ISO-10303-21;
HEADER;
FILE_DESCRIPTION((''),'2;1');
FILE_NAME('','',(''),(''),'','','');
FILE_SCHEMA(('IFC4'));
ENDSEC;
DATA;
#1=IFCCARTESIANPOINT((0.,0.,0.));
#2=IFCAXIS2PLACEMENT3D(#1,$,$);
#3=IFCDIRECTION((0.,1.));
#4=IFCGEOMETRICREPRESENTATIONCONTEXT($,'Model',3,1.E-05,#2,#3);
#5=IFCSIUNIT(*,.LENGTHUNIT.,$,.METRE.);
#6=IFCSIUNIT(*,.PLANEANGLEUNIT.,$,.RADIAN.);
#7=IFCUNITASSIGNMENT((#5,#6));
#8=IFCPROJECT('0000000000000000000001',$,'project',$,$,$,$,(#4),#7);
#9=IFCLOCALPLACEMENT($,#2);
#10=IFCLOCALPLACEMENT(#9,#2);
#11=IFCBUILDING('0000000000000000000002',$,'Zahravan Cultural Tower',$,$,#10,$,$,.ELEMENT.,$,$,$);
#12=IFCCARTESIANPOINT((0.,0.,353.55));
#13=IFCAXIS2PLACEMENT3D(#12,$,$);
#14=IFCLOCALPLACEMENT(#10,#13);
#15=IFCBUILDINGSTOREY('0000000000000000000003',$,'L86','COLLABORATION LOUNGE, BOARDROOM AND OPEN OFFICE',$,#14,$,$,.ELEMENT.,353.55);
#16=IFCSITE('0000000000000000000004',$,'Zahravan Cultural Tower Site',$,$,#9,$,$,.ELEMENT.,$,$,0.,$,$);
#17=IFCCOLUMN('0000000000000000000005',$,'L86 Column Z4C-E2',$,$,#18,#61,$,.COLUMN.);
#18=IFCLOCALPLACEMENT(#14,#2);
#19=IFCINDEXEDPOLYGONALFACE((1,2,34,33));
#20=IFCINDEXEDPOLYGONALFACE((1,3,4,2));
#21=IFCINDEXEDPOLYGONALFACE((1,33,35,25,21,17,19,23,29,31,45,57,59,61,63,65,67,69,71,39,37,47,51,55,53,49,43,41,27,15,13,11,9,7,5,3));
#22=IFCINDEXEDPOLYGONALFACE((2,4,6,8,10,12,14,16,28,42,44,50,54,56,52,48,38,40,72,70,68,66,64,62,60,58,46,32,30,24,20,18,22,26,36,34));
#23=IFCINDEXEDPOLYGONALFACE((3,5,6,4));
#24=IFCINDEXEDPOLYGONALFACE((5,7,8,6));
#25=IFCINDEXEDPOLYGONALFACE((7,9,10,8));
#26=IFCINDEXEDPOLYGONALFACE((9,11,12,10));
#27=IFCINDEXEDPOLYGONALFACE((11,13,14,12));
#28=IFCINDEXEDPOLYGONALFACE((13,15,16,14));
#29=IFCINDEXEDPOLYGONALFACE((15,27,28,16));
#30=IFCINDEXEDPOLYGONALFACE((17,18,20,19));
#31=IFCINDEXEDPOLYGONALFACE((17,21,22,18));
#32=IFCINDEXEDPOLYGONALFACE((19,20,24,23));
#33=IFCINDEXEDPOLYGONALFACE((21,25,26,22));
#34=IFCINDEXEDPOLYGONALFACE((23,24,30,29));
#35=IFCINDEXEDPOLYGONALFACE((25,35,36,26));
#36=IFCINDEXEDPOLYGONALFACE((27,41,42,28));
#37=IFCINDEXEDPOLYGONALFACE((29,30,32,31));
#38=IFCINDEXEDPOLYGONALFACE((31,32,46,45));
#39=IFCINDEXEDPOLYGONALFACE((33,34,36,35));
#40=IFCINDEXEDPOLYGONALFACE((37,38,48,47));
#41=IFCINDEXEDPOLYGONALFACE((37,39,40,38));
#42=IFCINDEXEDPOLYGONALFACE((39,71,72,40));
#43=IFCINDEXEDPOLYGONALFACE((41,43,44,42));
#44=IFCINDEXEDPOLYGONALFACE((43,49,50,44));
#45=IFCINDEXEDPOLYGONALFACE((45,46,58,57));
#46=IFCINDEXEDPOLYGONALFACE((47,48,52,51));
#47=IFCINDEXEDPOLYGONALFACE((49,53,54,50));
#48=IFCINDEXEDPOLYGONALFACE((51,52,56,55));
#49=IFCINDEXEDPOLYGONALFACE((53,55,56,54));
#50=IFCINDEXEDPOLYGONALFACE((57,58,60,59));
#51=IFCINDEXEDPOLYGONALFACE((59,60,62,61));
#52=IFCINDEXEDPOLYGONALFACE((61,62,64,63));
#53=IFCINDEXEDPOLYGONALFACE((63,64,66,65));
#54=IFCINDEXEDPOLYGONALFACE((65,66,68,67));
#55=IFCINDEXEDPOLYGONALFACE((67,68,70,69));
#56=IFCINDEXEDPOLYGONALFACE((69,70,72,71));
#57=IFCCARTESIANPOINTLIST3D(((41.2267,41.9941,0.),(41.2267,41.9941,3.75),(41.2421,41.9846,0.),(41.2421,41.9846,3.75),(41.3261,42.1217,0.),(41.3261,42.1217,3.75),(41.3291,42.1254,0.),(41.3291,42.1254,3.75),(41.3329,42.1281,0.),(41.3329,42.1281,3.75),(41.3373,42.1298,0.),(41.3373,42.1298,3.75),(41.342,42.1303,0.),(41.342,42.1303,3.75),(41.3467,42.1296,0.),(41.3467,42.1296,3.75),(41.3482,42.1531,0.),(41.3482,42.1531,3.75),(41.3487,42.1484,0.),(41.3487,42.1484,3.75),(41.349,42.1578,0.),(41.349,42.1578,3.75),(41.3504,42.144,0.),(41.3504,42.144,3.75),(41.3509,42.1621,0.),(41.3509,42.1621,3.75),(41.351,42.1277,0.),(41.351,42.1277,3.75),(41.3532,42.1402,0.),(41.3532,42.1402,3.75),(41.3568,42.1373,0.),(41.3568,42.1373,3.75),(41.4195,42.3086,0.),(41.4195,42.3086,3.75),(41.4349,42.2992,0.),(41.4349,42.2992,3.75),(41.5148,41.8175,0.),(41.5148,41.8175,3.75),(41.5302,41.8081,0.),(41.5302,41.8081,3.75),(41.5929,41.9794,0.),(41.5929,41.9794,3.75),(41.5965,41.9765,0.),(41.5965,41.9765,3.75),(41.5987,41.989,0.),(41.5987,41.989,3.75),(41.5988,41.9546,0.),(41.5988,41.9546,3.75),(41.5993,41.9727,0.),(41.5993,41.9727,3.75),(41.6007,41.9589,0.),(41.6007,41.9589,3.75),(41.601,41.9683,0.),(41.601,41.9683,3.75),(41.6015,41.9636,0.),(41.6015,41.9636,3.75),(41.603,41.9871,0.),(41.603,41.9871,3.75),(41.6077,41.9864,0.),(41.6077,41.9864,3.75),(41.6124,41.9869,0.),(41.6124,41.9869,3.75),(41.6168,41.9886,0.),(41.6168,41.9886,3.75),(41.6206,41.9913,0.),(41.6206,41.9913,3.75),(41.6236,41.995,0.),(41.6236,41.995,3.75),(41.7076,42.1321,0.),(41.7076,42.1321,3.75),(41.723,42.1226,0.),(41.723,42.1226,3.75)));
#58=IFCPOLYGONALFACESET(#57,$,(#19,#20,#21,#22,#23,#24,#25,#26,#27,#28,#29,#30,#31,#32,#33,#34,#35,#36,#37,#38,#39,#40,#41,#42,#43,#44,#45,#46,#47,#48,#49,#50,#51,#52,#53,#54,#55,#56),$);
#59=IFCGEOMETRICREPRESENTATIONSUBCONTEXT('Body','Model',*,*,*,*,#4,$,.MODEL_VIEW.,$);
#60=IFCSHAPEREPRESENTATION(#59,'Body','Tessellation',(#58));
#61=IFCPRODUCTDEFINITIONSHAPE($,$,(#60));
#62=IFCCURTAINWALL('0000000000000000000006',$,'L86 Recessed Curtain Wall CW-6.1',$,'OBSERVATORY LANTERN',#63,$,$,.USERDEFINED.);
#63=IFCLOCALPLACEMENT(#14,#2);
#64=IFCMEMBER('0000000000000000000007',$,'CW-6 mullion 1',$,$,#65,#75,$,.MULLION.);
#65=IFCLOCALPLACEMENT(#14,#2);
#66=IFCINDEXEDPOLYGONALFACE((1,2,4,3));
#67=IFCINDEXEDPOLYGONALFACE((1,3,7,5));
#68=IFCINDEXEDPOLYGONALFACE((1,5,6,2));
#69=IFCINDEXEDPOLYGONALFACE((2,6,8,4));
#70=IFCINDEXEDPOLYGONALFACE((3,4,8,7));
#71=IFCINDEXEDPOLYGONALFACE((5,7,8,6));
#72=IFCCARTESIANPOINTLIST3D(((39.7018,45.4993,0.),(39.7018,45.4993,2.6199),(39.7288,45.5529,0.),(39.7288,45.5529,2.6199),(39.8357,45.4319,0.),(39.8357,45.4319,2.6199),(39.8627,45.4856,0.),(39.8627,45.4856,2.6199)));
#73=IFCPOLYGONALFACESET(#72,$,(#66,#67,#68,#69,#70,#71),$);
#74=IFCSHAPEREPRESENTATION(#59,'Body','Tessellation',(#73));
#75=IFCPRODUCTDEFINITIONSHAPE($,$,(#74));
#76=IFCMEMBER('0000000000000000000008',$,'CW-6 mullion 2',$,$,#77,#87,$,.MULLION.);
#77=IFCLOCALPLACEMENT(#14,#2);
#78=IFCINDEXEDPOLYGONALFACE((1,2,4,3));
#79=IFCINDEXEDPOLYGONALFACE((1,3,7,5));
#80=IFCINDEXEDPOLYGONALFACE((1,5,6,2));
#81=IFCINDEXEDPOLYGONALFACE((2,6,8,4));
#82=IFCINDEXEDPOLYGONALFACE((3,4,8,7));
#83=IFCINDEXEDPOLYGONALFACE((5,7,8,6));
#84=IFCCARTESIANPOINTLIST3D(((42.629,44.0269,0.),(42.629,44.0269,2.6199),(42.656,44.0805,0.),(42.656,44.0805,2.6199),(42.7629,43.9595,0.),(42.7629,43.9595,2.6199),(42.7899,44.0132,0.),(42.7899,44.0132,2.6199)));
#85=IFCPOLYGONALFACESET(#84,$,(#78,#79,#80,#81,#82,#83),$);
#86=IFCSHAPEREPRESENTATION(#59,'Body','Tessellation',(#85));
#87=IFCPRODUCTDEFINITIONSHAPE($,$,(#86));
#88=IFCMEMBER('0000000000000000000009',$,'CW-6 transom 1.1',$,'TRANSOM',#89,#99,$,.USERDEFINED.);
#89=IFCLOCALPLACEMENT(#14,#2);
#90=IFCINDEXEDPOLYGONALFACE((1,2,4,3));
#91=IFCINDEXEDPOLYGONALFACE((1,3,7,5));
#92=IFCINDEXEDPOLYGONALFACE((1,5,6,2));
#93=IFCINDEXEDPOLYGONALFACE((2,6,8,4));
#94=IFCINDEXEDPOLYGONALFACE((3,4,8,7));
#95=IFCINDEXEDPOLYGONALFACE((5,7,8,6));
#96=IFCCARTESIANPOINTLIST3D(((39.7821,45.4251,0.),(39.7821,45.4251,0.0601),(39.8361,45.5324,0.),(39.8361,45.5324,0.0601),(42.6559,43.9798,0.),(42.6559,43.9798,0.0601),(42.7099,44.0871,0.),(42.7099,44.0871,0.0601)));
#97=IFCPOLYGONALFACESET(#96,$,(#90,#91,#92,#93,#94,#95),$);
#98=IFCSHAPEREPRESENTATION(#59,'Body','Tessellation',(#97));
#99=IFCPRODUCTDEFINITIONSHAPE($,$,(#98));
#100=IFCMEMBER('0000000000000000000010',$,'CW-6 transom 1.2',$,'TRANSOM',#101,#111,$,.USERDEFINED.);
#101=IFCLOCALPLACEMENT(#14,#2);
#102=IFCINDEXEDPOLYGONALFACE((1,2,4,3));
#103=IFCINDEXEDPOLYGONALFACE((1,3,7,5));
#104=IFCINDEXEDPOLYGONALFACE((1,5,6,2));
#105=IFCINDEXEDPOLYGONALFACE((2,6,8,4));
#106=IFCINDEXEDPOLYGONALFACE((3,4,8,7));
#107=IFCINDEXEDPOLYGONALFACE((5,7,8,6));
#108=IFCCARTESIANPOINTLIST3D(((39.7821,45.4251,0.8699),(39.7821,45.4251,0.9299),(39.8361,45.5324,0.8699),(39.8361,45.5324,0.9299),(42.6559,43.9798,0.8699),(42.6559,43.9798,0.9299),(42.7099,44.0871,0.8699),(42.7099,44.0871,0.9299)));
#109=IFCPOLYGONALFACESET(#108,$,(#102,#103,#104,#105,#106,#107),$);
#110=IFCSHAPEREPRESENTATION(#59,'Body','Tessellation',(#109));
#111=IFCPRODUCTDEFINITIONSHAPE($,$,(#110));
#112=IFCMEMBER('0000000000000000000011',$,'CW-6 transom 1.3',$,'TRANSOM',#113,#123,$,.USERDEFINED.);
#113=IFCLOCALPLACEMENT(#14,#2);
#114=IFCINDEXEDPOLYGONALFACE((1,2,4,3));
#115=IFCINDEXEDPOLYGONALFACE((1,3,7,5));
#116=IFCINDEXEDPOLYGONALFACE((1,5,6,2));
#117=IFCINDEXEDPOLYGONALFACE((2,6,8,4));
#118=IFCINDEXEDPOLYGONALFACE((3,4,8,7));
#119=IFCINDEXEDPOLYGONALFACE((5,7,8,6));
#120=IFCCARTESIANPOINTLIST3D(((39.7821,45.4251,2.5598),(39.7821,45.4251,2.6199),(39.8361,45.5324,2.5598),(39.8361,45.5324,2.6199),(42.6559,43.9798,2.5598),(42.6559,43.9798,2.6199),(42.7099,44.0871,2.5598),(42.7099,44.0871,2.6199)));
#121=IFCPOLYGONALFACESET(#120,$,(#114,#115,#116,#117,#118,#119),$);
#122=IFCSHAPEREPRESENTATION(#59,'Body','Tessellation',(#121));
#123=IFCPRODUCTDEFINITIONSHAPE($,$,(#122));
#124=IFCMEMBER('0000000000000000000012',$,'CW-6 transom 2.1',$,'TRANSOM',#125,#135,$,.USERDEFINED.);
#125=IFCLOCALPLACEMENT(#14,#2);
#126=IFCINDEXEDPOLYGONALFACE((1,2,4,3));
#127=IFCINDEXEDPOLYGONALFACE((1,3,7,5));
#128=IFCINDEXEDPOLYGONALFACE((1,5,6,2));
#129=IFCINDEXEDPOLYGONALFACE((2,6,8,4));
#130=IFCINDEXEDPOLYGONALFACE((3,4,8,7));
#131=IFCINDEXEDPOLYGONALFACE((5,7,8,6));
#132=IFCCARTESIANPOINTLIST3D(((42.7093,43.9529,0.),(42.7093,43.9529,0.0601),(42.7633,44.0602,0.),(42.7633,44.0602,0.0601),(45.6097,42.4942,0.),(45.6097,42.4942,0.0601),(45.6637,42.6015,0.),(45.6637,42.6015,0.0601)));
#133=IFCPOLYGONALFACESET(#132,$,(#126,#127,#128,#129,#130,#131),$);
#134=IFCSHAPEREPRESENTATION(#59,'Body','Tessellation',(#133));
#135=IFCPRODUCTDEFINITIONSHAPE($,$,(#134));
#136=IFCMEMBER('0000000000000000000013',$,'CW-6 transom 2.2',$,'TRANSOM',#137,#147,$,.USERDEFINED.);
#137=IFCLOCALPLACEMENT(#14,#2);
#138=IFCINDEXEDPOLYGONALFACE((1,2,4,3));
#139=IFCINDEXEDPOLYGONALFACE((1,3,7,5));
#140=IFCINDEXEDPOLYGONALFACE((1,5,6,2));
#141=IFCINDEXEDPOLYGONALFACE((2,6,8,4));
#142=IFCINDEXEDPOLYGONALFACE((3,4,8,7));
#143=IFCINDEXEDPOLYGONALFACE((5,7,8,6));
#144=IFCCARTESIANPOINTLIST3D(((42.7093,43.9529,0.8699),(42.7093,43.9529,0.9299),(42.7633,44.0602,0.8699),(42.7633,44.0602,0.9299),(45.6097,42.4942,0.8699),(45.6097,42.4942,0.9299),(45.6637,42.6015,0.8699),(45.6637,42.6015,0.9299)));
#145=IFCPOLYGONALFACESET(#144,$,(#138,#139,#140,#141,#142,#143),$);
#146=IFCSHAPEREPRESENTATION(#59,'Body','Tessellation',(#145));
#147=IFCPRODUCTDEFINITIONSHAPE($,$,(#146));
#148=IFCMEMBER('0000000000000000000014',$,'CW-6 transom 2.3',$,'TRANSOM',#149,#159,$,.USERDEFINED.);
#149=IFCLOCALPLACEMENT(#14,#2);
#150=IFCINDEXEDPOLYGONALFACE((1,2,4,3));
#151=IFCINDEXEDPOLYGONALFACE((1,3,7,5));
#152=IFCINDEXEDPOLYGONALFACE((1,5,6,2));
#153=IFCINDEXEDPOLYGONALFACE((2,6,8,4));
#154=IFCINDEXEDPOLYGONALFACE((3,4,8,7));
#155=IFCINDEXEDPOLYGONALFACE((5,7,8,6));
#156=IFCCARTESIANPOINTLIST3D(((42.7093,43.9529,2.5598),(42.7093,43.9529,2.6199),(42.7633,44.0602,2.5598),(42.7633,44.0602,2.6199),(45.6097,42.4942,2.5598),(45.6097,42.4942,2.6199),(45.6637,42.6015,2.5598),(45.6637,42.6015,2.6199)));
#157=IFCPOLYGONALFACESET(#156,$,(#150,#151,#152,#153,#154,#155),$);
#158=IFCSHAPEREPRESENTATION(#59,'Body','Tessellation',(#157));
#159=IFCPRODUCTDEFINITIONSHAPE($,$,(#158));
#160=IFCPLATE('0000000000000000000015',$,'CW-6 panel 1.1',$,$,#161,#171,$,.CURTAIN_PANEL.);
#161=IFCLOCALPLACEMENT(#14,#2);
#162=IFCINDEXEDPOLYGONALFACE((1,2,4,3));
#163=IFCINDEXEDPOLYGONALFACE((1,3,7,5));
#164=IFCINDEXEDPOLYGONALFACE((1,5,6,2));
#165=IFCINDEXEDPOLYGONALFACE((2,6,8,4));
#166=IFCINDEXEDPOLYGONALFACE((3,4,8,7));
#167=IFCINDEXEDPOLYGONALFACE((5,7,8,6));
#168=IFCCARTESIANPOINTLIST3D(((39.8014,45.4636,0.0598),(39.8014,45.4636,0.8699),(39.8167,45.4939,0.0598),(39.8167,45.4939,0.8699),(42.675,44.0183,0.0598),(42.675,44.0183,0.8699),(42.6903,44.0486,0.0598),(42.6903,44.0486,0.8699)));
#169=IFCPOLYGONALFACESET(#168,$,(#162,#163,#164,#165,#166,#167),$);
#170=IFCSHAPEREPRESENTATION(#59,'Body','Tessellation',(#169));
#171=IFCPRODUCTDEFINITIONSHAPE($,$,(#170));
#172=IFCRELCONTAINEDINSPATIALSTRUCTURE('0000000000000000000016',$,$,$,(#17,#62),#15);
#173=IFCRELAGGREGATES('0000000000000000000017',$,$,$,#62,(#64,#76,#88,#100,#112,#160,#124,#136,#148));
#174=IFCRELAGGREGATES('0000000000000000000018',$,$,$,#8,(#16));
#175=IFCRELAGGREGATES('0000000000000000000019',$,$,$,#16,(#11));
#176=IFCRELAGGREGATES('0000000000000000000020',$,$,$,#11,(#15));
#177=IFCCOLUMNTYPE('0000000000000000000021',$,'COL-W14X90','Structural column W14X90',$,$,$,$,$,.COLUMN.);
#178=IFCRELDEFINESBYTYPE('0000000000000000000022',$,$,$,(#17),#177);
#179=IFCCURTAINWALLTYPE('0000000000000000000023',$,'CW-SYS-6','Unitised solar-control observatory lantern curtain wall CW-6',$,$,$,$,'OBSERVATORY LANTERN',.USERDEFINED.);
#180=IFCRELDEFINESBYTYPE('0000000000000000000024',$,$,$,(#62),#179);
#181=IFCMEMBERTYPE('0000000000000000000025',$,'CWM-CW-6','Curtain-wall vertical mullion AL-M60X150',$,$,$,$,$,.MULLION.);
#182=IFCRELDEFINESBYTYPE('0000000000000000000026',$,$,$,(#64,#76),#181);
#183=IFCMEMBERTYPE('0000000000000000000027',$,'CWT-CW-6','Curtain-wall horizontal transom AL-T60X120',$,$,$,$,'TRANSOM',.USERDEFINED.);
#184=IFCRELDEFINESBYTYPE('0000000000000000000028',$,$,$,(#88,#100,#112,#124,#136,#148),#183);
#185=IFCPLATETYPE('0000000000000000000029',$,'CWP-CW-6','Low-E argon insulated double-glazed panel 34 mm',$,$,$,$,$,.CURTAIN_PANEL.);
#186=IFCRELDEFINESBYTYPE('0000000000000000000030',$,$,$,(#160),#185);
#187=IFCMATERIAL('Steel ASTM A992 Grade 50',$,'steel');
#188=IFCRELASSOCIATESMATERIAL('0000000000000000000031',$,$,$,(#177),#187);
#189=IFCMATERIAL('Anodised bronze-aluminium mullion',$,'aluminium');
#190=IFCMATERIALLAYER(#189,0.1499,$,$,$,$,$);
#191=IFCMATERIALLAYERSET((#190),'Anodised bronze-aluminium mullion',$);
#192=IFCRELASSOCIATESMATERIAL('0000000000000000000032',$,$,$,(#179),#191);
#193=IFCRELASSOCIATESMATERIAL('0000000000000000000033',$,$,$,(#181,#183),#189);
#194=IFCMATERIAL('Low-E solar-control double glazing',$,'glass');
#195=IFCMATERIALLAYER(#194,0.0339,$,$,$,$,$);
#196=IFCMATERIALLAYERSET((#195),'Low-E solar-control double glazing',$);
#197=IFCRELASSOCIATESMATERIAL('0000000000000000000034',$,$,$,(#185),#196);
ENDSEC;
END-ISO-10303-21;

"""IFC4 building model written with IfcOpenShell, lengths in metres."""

from ifc_helpers import new_model, si_unit, direction, frame, origin, origin_2d, place, context, subcontext, project, spatial, rectangle, i_section, extrude, source, transform, mapped, material, layer, layer_set, material_profile, profile_set, type_object, element, aggregate, save


model = new_model("IFC4")

# Units and contexts
model_context = context("Model", 3, precision=1e-05, world=origin(), true_north=direction((0.0, 1.0)))
body_context = subcontext(model_context, "Body", "Model", "MODEL_VIEW")
ifc_project = project(units=[si_unit("LENGTHUNIT", "METRE"), si_unit("PLANEANGLEUNIT", "RADIAN")], contexts=[model_context])

# Site, building, storey
site_placement = place(None, origin())
site = spatial("IfcSite", under=ifc_project, at=site_placement, Name="Zahravan Cultural Tower Site", CompositionType="ELEMENT", RefElevation=0.0)
building_placement = place(site_placement, origin())
building = spatial("IfcBuilding", under=site, at=building_placement, Name="Zahravan Cultural Tower", CompositionType="ELEMENT")
storey_placement = place(building_placement, frame((0.0, 0.0, 353.55)))
storey = spatial("IfcBuildingStorey", under=building, at=storey_placement, Name="L86", Description="COLLABORATION LOUNGE, BOARDROOM AND OPEN OFFICE", CompositionType="ELEMENT", Elevation=353.55)

# Column
ifc_material_1 = material(Name="Steel ASTM A992 Grade 50", Category="steel")
ifc_material_profile_1 = material_profile(ifc_material_1, i_section(OverallWidth=0.3689, OverallDepth=0.356, WebThickness=0.0112, FlangeThickness=0.0181, FilletRadius=0.0181, at=origin_2d()), Name="W14X90")
ifc_profile_set_1 = profile_set([ifc_material_profile_1], Name="Steel ASTM A992 Grade 50")
column_type = type_object("IfcColumnType", Name="COL-W14X90", Description="Structural column W14X90", PredefinedType="COLUMN", material=ifc_profile_set_1)
shared_shape_1 = source(origin(), body_context, "Body", "SweptSolid", [
    extrude(i_section(OverallWidth=0.3689, OverallDepth=0.356, WebThickness=0.0112, FlangeThickness=0.0181, FilletRadius=0.0181, at=origin_2d()), origin(), (0.0, 0.0, 1.0), 3.75),
])
column_placement = place(storey_placement, frame((41.4749, 42.0583, 0.0), z_axis=(0.0, 0.0, 1.0), x_axis=(0.522499, 0.85264, 0.0)))
element("IfcColumn", 1, at=column_placement, inside=storey, type_object=column_type, Name="L86 Column Z4C-E2", PredefinedType="COLUMN", context=body_context, shape_type="MappedRepresentation", body=[
    mapped(shared_shape_1, transform((0.0, 0.0, 0.0), x_axis=(1.0, 0.0, 0.0), y_axis=(0.0, 1.0, 0.0), z_axis=(0.0, 0.0, 1.0), scale=1.0)),
])

# Curtain wall, members, plate
ifc_material_2 = material(Name="Anodised bronze-aluminium mullion", Category="aluminium")
ifc_layer_1 = layer(ifc_material_2, 0.1499)
ifc_layer_set_1 = layer_set([ifc_layer_1], Name="Anodised bronze-aluminium mullion")
curtain_wall_type = type_object("IfcCurtainWallType", Name="CW-SYS-6", Description="Unitised solar-control observatory lantern curtain wall CW-6", ElementType="OBSERVATORY LANTERN", PredefinedType="USERDEFINED", material=ifc_layer_set_1)
curtain_wall_placement = place(storey_placement, origin())
curtain_wall = element("IfcCurtainWall", 2, at=curtain_wall_placement, inside=storey, type_object=curtain_wall_type, Name="L86 Recessed Curtain Wall CW-6.1", ObjectType="OBSERVATORY LANTERN", PredefinedType="USERDEFINED")
ifc_material_profile_2 = material_profile(ifc_material_2, rectangle(XDim=0.0601, YDim=0.1499, at=origin_2d()), Name="AL-M60X150")
ifc_profile_set_2 = profile_set([ifc_material_profile_2], Name="Anodised bronze-aluminium mullion")
member_type_1 = type_object("IfcMemberType", Name="CWM-CW-6", Description="Curtain-wall vertical mullion AL-M60X150", PredefinedType="MULLION", material=ifc_profile_set_2)
shared_shape_2 = source(origin(), body_context, "Body", "SweptSolid", [
    extrude(rectangle(XDim=0.0601, YDim=0.1499, at=origin_2d()), origin(), (0.0, 0.0, 1.0), 2.6199),
])
member_1_placement = place(storey_placement, frame((39.7822, 45.4924, 0.0), z_axis=(0.0, 0.0, 1.0), x_axis=(0.449317, 0.893372, 0.0)))
member_1 = element("IfcMember", 3, at=member_1_placement, type_object=member_type_1, Name="CW-6 mullion 1", PredefinedType="MULLION", context=body_context, shape_type="MappedRepresentation", body=[
    mapped(shared_shape_2, transform((0.0, 0.0, 0.0), x_axis=(1.0, 0.0, 0.0), y_axis=(0.0, 1.0, 0.0), z_axis=(0.0, 0.0, 1.0), scale=1.0)),
])
member_2_placement = place(storey_placement, frame((42.7095, 44.02, 0.0), z_axis=(0.0, 0.0, 1.0), x_axis=(0.449317, 0.893372, 0.0)))
member_2 = element("IfcMember", 4, at=member_2_placement, type_object=member_type_1, Name="CW-6 mullion 2", PredefinedType="MULLION", context=body_context, shape_type="MappedRepresentation", body=[
    mapped(shared_shape_2, transform((0.0, 0.0, 0.0), x_axis=(1.0, 0.0, 0.0), y_axis=(0.0, 1.0, 0.0), z_axis=(0.0, 0.0, 1.0), scale=1.0)),
])
ifc_material_profile_3 = material_profile(ifc_material_2, rectangle(XDim=0.1201, YDim=0.0601, at=origin_2d()), Name="AL-T60X120")
ifc_profile_set_3 = profile_set([ifc_material_profile_3], Name="Anodised bronze-aluminium mullion")
member_type_2 = type_object("IfcMemberType", Name="CWT-CW-6", Description="Curtain-wall horizontal transom AL-T60X120", ElementType="TRANSOM", PredefinedType="USERDEFINED", material=ifc_profile_set_3)
shared_shape_3 = source(origin(), body_context, "Body", "SweptSolid", [
    extrude(rectangle(XDim=0.1201, YDim=0.0601, at=origin_2d()), origin(), (0.0, 0.0, 1.0), 3.2168),
])
member_3_placement = place(storey_placement, frame((39.8091, 45.4788, 0.03), z_axis=(0.893377, -0.449307, 0.0), x_axis=(0.449307, 0.893377, 0.0)))
member_3 = element("IfcMember", 5, at=member_3_placement, type_object=member_type_2, Name="CW-6 transom 1.1", ObjectType="TRANSOM", PredefinedType="USERDEFINED", context=body_context, shape_type="MappedRepresentation", body=[
    mapped(shared_shape_3, transform((0.0, 0.0, 0.0), x_axis=(1.0, 0.0, 0.0), y_axis=(0.0, 1.0, 0.0), z_axis=(0.0, 0.0, 1.0), scale=1.0)),
])
member_4_placement = place(storey_placement, frame((39.8091, 45.4788, 0.8999), z_axis=(0.893377, -0.449307, 0.0), x_axis=(0.449307, 0.893377, 0.0)))
member_4 = element("IfcMember", 6, at=member_4_placement, type_object=member_type_2, Name="CW-6 transom 1.2", ObjectType="TRANSOM", PredefinedType="USERDEFINED", context=body_context, shape_type="MappedRepresentation", body=[
    mapped(shared_shape_3, transform((0.0, 0.0, 0.0), x_axis=(1.0, 0.0, 0.0), y_axis=(0.0, 1.0, 0.0), z_axis=(0.0, 0.0, 1.0), scale=1.0)),
])
member_5_placement = place(storey_placement, frame((39.8091, 45.4788, 2.5898), z_axis=(0.893377, -0.449307, 0.0), x_axis=(0.449307, 0.893377, 0.0)))
member_5 = element("IfcMember", 7, at=member_5_placement, type_object=member_type_2, Name="CW-6 transom 1.3", ObjectType="TRANSOM", PredefinedType="USERDEFINED", context=body_context, shape_type="MappedRepresentation", body=[
    mapped(shared_shape_3, transform((0.0, 0.0, 0.0), x_axis=(1.0, 0.0, 0.0), y_axis=(0.0, 1.0, 0.0), z_axis=(0.0, 0.0, 1.0), scale=1.0)),
])
shared_shape_4 = source(origin(), body_context, "Body", "SweptSolid", [
    extrude(rectangle(XDim=0.1201, YDim=0.0601, at=origin_2d()), origin(), (0.0, 0.0, 1.0), 3.2466),
])
member_6_placement = place(storey_placement, frame((42.7363, 44.0066, 0.03), z_axis=(0.893372, -0.449318, 0.0), x_axis=(0.449318, 0.893372, 0.0)))
member_6 = element("IfcMember", 8, at=member_6_placement, type_object=member_type_2, Name="CW-6 transom 2.1", ObjectType="TRANSOM", PredefinedType="USERDEFINED", context=body_context, shape_type="MappedRepresentation", body=[
    mapped(shared_shape_4, transform((0.0, 0.0, 0.0), x_axis=(1.0, 0.0, 0.0), y_axis=(0.0, 1.0, 0.0), z_axis=(0.0, 0.0, 1.0), scale=1.0)),
])
member_7_placement = place(storey_placement, frame((42.7363, 44.0066, 0.8999), z_axis=(0.893372, -0.449318, 0.0), x_axis=(0.449318, 0.893372, 0.0)))
member_7 = element("IfcMember", 9, at=member_7_placement, type_object=member_type_2, Name="CW-6 transom 2.2", ObjectType="TRANSOM", PredefinedType="USERDEFINED", context=body_context, shape_type="MappedRepresentation", body=[
    mapped(shared_shape_4, transform((0.0, 0.0, 0.0), x_axis=(1.0, 0.0, 0.0), y_axis=(0.0, 1.0, 0.0), z_axis=(0.0, 0.0, 1.0), scale=1.0)),
])
member_8_placement = place(storey_placement, frame((42.7363, 44.0066, 2.5898), z_axis=(0.893372, -0.449318, 0.0), x_axis=(0.449318, 0.893372, 0.0)))
member_8 = element("IfcMember", 10, at=member_8_placement, type_object=member_type_2, Name="CW-6 transom 2.3", ObjectType="TRANSOM", PredefinedType="USERDEFINED", context=body_context, shape_type="MappedRepresentation", body=[
    mapped(shared_shape_4, transform((0.0, 0.0, 0.0), x_axis=(1.0, 0.0, 0.0), y_axis=(0.0, 1.0, 0.0), z_axis=(0.0, 0.0, 1.0), scale=1.0)),
])
ifc_material_3 = material(Name="Low-E solar-control double glazing", Category="glass")
ifc_layer_2 = layer(ifc_material_3, 0.0339)
ifc_layer_set_2 = layer_set([ifc_layer_2], Name="Low-E solar-control double glazing")
plate_type = type_object("IfcPlateType", Name="CWP-CW-6", Description="Low-E argon insulated double-glazed panel 34 mm", PredefinedType="CURTAIN_PANEL", material=ifc_layer_set_2)
shared_shape_5 = source(origin(), body_context, "Body", "SweptSolid", [
    extrude(rectangle(XDim=3.2166, YDim=0.0339, at=origin_2d()), origin(), (0.0, 0.0, 1.0), 0.8101),
])
plate_1_placement = place(storey_placement, frame((41.2458, 44.7561, 0.0598), z_axis=(0.0, 0.0, 1.0), x_axis=(0.893372, -0.449317, 0.0)))
plate_1 = element("IfcPlate", 11, at=plate_1_placement, type_object=plate_type, Name="CW-6 panel 1.1", PredefinedType="CURTAIN_PANEL", context=body_context, shape_type="MappedRepresentation", body=[
    mapped(shared_shape_5, transform((0.0, 0.0, 0.0), x_axis=(1.0, 0.0, 0.0), y_axis=(0.0, 1.0, 0.0), z_axis=(0.0, 0.0, 1.0), scale=1.0)),
])
aggregate(curtain_wall, [member_1, member_2, member_3, member_4, member_5, plate_1, member_6, member_7, member_8])

save(model, "model.ifc")
